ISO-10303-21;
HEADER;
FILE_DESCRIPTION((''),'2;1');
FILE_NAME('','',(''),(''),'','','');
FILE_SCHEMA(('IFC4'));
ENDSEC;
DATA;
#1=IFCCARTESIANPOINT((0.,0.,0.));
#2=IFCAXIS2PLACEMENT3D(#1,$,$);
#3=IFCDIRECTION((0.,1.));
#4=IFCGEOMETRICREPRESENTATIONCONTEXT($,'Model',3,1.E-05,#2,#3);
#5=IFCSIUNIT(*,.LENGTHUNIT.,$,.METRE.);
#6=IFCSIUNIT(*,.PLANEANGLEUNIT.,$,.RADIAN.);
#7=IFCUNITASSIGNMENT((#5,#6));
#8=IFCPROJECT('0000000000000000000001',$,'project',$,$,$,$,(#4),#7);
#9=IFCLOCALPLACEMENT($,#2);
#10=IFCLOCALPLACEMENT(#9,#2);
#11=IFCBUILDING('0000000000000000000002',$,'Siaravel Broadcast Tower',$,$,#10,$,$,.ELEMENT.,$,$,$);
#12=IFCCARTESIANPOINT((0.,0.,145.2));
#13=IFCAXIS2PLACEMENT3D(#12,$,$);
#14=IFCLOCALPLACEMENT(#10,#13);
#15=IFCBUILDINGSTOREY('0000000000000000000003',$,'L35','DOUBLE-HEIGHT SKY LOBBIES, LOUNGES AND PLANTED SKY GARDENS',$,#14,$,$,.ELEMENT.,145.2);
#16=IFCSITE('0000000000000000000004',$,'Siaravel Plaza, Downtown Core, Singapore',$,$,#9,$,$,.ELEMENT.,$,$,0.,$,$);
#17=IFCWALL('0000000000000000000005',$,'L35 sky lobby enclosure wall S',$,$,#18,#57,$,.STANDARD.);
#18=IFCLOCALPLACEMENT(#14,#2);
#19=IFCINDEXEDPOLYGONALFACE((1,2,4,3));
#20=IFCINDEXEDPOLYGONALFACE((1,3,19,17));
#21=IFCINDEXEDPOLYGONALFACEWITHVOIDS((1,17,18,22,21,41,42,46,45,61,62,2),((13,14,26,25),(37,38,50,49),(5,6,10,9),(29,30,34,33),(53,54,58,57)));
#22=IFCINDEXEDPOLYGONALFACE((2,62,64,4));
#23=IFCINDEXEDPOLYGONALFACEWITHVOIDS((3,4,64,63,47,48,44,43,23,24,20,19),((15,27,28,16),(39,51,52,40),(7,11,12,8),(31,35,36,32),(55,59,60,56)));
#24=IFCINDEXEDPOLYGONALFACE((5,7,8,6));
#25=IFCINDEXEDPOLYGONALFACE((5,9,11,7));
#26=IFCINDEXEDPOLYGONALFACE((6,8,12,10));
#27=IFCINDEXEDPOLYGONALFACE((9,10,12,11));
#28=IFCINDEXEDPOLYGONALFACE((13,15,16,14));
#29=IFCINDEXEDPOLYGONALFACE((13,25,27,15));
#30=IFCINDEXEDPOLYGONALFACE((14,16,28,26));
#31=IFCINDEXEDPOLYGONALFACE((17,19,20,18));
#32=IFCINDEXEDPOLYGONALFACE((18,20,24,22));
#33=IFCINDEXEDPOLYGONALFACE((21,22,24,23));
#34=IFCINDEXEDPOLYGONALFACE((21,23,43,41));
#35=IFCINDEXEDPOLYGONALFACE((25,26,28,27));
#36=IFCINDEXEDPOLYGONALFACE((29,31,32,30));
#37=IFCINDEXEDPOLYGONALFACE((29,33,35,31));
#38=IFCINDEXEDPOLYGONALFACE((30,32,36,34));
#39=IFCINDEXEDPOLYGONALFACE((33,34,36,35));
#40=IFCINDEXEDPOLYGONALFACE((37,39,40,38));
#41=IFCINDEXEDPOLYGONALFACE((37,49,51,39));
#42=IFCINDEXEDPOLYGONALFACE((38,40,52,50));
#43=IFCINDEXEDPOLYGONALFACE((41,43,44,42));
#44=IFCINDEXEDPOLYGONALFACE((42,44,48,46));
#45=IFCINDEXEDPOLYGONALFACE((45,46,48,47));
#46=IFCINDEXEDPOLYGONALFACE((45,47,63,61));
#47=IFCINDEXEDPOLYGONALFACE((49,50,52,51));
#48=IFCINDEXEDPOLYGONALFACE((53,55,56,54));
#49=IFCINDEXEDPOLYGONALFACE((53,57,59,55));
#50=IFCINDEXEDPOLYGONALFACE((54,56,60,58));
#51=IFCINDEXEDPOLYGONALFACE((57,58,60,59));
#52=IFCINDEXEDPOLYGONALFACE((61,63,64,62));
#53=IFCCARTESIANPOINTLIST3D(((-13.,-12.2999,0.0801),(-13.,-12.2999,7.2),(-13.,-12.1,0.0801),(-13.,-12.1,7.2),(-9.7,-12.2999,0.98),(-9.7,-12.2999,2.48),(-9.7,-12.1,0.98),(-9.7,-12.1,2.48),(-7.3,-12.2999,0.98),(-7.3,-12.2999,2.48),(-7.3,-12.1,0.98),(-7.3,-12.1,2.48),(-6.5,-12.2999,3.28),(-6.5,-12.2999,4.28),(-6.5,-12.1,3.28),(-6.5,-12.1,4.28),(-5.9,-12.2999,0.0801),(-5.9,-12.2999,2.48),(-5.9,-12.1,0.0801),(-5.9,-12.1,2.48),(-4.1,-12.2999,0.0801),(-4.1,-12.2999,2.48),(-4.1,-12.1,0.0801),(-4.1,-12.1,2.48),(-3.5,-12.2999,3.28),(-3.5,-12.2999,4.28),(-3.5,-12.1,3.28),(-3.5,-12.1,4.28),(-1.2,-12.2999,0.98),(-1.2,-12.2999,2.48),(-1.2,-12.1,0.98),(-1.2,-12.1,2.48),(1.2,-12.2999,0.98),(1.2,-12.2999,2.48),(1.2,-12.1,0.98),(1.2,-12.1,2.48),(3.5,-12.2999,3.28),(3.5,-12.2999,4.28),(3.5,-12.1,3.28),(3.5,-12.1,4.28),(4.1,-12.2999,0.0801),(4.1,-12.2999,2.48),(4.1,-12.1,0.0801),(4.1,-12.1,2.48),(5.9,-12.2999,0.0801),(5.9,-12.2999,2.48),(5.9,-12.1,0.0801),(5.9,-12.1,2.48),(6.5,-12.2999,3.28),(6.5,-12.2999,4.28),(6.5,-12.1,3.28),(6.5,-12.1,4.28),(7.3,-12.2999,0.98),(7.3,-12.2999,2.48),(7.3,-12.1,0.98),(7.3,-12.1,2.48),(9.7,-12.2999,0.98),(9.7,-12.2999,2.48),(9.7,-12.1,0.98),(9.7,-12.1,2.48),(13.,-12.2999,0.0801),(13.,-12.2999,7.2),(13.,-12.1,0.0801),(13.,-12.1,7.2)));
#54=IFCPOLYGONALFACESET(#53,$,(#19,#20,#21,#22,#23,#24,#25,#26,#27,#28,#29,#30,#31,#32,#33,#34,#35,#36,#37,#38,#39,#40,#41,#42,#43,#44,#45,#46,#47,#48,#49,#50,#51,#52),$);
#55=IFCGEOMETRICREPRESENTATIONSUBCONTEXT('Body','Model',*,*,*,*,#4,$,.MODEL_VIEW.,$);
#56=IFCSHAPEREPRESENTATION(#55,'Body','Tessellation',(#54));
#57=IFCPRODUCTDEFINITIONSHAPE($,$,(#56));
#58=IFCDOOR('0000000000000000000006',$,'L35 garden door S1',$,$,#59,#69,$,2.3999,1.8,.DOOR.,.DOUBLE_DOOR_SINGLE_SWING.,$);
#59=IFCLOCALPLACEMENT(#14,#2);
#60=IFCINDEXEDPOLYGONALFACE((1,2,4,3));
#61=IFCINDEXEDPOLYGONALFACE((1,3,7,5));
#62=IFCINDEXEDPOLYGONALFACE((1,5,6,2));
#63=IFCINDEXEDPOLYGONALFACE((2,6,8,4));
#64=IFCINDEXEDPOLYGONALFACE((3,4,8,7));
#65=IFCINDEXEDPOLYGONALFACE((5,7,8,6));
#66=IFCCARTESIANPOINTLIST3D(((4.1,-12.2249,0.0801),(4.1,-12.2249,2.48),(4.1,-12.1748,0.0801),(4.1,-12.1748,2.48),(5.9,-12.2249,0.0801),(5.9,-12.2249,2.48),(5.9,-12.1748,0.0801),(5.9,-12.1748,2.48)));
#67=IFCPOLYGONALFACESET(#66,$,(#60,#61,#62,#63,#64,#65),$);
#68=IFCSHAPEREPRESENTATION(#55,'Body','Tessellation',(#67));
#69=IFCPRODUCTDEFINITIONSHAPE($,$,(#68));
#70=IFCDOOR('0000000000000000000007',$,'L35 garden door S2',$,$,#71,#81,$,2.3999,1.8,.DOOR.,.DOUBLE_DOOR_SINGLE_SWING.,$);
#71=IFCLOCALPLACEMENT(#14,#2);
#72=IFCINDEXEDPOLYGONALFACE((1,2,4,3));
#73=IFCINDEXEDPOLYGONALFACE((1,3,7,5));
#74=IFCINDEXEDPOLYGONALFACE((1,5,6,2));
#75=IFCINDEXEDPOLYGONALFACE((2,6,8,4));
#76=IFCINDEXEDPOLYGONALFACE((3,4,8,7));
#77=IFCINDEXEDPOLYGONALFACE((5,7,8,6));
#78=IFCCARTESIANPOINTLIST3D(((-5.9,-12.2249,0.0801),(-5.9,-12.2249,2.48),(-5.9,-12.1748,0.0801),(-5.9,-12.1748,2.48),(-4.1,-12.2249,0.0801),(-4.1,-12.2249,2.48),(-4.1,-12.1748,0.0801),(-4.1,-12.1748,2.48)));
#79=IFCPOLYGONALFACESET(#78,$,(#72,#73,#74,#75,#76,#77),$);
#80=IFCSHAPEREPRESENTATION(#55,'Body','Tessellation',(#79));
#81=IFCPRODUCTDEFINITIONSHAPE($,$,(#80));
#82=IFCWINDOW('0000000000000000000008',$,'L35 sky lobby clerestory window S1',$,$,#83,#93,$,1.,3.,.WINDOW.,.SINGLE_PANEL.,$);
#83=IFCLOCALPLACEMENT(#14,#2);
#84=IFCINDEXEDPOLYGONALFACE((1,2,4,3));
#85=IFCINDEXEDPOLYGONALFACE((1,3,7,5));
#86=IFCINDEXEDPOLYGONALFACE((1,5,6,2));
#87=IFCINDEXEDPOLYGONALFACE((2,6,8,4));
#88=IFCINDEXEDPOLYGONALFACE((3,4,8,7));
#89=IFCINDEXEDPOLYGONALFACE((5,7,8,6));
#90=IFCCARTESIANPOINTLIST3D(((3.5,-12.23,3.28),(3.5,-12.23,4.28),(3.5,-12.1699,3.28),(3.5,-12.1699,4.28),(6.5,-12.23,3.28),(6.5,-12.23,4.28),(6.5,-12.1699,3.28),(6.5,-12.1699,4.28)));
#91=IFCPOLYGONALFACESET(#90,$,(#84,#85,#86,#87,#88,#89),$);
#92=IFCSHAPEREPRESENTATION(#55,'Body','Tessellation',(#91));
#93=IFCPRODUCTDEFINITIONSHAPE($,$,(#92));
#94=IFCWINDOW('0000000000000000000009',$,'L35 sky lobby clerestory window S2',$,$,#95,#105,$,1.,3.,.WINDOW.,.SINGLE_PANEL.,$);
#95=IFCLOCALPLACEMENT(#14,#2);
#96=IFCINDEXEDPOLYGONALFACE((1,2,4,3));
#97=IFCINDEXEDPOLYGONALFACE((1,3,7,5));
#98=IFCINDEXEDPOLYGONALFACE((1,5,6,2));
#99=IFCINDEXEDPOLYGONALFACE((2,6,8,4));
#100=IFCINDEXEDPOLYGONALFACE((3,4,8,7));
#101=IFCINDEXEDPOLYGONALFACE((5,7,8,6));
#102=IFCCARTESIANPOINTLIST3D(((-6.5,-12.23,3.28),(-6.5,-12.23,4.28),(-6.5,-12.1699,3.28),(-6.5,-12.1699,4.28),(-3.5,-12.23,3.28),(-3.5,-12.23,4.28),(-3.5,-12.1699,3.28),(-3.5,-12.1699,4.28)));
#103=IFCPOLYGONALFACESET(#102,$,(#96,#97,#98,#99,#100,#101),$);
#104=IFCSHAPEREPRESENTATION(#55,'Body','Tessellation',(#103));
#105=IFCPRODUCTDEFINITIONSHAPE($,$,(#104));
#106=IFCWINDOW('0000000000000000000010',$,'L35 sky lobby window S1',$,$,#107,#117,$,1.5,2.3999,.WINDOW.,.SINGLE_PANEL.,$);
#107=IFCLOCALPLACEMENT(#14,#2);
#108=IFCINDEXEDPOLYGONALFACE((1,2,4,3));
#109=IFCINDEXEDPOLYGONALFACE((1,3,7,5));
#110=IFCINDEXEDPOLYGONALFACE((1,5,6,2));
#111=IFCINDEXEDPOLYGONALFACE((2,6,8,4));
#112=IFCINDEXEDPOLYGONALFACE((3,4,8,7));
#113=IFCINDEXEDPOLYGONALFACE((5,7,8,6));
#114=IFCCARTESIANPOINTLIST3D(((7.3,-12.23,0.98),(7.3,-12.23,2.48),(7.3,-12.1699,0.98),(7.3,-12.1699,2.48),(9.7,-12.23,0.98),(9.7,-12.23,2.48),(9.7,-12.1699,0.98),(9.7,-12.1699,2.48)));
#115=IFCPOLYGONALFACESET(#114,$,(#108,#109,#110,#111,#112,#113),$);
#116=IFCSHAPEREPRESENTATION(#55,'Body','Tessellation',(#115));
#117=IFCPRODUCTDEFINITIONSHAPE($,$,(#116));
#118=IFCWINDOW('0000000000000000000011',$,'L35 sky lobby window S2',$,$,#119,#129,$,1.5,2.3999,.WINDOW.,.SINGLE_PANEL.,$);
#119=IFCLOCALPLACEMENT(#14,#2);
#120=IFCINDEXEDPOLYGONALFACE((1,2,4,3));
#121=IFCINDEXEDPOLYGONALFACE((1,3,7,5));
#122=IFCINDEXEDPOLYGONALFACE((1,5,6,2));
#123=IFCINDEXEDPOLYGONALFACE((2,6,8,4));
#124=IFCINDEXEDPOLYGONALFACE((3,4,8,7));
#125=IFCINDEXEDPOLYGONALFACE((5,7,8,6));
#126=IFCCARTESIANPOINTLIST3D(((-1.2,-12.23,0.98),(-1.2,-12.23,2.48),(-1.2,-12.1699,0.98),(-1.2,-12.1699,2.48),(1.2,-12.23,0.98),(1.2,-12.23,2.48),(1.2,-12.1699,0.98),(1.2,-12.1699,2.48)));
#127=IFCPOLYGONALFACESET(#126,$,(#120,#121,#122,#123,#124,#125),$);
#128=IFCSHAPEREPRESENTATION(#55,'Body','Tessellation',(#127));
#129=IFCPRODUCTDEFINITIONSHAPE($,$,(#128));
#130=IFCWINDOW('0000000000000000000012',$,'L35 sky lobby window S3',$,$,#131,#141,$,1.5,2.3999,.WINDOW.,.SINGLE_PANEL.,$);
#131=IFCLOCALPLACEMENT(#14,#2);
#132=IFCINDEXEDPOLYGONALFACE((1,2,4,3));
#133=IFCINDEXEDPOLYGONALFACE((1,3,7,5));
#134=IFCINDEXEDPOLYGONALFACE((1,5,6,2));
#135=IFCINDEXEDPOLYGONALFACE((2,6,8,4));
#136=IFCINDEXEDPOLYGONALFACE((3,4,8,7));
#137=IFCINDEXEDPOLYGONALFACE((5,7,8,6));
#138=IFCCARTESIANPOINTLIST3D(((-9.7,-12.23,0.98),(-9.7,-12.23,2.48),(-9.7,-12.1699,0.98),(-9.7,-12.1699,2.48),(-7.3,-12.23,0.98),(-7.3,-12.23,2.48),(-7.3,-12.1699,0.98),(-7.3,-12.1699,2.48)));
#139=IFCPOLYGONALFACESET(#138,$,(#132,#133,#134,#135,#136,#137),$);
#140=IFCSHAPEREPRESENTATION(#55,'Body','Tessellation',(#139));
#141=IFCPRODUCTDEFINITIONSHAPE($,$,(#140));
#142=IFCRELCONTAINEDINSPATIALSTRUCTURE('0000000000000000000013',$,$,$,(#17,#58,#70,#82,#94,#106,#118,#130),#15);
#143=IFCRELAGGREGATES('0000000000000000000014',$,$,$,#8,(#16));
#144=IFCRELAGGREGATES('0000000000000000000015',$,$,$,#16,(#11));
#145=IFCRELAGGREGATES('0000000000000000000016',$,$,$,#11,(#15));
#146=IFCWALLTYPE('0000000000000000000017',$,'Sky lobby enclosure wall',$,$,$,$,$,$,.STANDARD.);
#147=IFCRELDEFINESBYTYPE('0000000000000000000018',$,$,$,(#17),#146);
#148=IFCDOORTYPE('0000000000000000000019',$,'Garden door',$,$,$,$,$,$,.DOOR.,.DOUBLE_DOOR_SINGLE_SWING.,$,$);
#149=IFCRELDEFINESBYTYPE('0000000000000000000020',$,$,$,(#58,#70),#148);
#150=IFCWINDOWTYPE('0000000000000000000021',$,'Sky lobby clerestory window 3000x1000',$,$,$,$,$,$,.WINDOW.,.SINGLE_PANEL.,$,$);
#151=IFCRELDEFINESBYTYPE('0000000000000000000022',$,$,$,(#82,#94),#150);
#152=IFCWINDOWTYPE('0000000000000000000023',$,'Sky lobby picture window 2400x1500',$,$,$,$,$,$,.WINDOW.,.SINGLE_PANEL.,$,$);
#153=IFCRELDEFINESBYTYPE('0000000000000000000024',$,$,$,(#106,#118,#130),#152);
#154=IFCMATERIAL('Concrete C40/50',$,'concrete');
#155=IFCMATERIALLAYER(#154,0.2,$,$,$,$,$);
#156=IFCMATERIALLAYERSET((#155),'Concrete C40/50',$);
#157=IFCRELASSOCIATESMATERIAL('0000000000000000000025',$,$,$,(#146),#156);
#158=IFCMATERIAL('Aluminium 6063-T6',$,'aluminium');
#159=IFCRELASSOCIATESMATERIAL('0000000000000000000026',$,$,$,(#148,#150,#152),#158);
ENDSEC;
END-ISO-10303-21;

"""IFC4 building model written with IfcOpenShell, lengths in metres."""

from ifc_helpers import new_model, si_unit, direction, frame, frame_2d, origin, place, context, subcontext, project, spatial, rectangle, extrude, material, layer, layer_set, type_object, element, fill, save


model = new_model("IFC4")

# Units and contexts
model_context = context("Model", 3, precision=1e-05, world=origin(), true_north=direction((0.0, 1.0)))
body_context = subcontext(model_context, "Body", "Model", "MODEL_VIEW")
ifc_project = project(units=[si_unit("LENGTHUNIT", "METRE"), si_unit("PLANEANGLEUNIT", "RADIAN")], contexts=[model_context])

# Site, building, storey
site_placement = place(None, origin())
site = spatial("IfcSite", under=ifc_project, at=site_placement, Name="Siaravel Plaza, Downtown Core, Singapore", CompositionType="ELEMENT", RefElevation=0.0)
building_placement = place(site_placement, origin())
building = spatial("IfcBuilding", under=site, at=building_placement, Name="Siaravel Broadcast Tower", CompositionType="ELEMENT")
storey_placement = place(building_placement, frame((0.0, 0.0, 145.2)))
storey = spatial("IfcBuildingStorey", under=building, at=storey_placement, Name="L35", Description="DOUBLE-HEIGHT SKY LOBBIES, LOUNGES AND PLANTED SKY GARDENS", CompositionType="ELEMENT", Elevation=145.2)

# Wall, openings, doors, windows
ifc_material_1 = material(Name="Concrete C40/50", Category="concrete")
ifc_layer_1 = layer(ifc_material_1, 0.2)
ifc_layer_set_1 = layer_set([ifc_layer_1], Name="Concrete C40/50")
wall_type_1 = type_object("IfcWallType", Name="Sky lobby enclosure wall", PredefinedType="STANDARD", material=ifc_layer_set_1)
wall_1_placement = place(storey_placement, frame((13.0, -12.2, 0.0801), z_axis=(0.0, 0.0, 1.0), x_axis=(-1.0, 0.0, 0.0)))
wall_1 = element("IfcWall", 1, at=wall_1_placement, inside=storey, type_object=wall_type_1, Name="L35 sky lobby enclosure wall S", PredefinedType="STANDARD", context=body_context, shape_type="SweptSolid", body=[
    extrude(rectangle(XDim=26.0, YDim=0.2, at=frame_2d((13.0, 0.0))), origin(), (0.0, 0.0, 1.0), 7.1199),
])
opening_1_placement = place(wall_1_placement, frame((7.1001, 0.0, 0.0)))
opening_1 = element("IfcOpeningElement", 2, at=opening_1_placement, cuts=wall_1, PredefinedType="OPENING", context=body_context, shape_type="SweptSolid", body=[
    extrude(rectangle(XDim=1.8, YDim=2.3999, at=frame_2d((0.8999, 1.2))), frame((0.0, 0.1099, 0.0), z_axis=(0.0, -1.0, 0.0), x_axis=(1.0, 0.0, 0.0)), (0.0, 0.0, 1.0), 0.22),
])
opening_2_placement = place(wall_1_placement, frame((17.1001, 0.0, 0.0)))
opening_2 = element("IfcOpeningElement", 3, at=opening_2_placement, cuts=wall_1, PredefinedType="OPENING", context=body_context, shape_type="SweptSolid", body=[
    extrude(rectangle(XDim=1.8, YDim=2.3999, at=frame_2d((0.8999, 1.2))), frame((0.0, 0.1099, 0.0), z_axis=(0.0, -1.0, 0.0), x_axis=(1.0, 0.0, 0.0)), (0.0, 0.0, 1.0), 0.22),
])
opening_3_placement = place(wall_1_placement, frame((3.3, 0.0, 0.8999)))
opening_3 = element("IfcOpeningElement", 4, at=opening_3_placement, cuts=wall_1, PredefinedType="OPENING", context=body_context, shape_type="SweptSolid", body=[
    extrude(rectangle(XDim=2.3999, YDim=1.5, at=frame_2d((1.2, 0.75))), frame((0.0, 0.1099, 0.0), z_axis=(0.0, -1.0, 0.0), x_axis=(1.0, 0.0, 0.0)), (0.0, 0.0, 1.0), 0.22),
])
opening_4_placement = place(wall_1_placement, frame((11.8, 0.0, 0.8999)))
opening_4 = element("IfcOpeningElement", 5, at=opening_4_placement, cuts=wall_1, PredefinedType="OPENING", context=body_context, shape_type="SweptSolid", body=[
    extrude(rectangle(XDim=2.3999, YDim=1.5, at=frame_2d((1.2, 0.75))), frame((0.0, 0.1099, 0.0), z_axis=(0.0, -1.0, 0.0), x_axis=(1.0, 0.0, 0.0)), (0.0, 0.0, 1.0), 0.22),
])
opening_5_placement = place(wall_1_placement, frame((20.3, 0.0, 0.8999)))
opening_5 = element("IfcOpeningElement", 6, at=opening_5_placement, cuts=wall_1, PredefinedType="OPENING", context=body_context, shape_type="SweptSolid", body=[
    extrude(rectangle(XDim=2.3999, YDim=1.5, at=frame_2d((1.2, 0.75))), frame((0.0, 0.1099, 0.0), z_axis=(0.0, -1.0, 0.0), x_axis=(1.0, 0.0, 0.0)), (0.0, 0.0, 1.0), 0.22),
])
opening_6_placement = place(wall_1_placement, frame((6.5, 0.0, 3.2)))
opening_6 = element("IfcOpeningElement", 7, at=opening_6_placement, cuts=wall_1, PredefinedType="OPENING", context=body_context, shape_type="SweptSolid", body=[
    extrude(rectangle(XDim=3.0, YDim=1.0, at=frame_2d((1.5, 0.5))), frame((0.0, 0.1099, 0.0), z_axis=(0.0, -1.0, 0.0), x_axis=(1.0, 0.0, 0.0)), (0.0, 0.0, 1.0), 0.22),
])
opening_7_placement = place(wall_1_placement, frame((16.5, 0.0, 3.2)))
opening_7 = element("IfcOpeningElement", 8, at=opening_7_placement, cuts=wall_1, PredefinedType="OPENING", context=body_context, shape_type="SweptSolid", body=[
    extrude(rectangle(XDim=3.0, YDim=1.0, at=frame_2d((1.5, 0.5))), frame((0.0, 0.1099, 0.0), z_axis=(0.0, -1.0, 0.0), x_axis=(1.0, 0.0, 0.0)), (0.0, 0.0, 1.0), 0.22),
])
ifc_material_2 = material(Name="Aluminium 6063-T6", Category="aluminium")
door_type = type_object("IfcDoorType", Name="Garden door", OperationType="DOUBLE_DOOR_SINGLE_SWING", PredefinedType="DOOR", material=ifc_material_2)
door_1_placement = place(opening_1_placement, origin())
door_1 = element("IfcDoor", 9, at=door_1_placement, inside=storey, type_object=door_type, Name="L35 garden door S1", OperationType="DOUBLE_DOOR_SINGLE_SWING", OverallHeight=2.3999, OverallWidth=1.8, PredefinedType="DOOR", context=body_context, shape_type="SweptSolid", body=[
    extrude(rectangle(XDim=1.8, YDim=2.3999, at=frame_2d((0.8999, 1.2))), frame((0.0, 0.0249, 0.0), z_axis=(0.0, -1.0, 0.0), x_axis=(1.0, 0.0, 0.0)), (0.0, 0.0, 1.0), 0.05),
])
fill(opening_1, door_1)
door_2_placement = place(opening_2_placement, origin())
door_2 = element("IfcDoor", 10, at=door_2_placement, inside=storey, type_object=door_type, Name="L35 garden door S2", OperationType="DOUBLE_DOOR_SINGLE_SWING", OverallHeight=2.3999, OverallWidth=1.8, PredefinedType="DOOR", context=body_context, shape_type="SweptSolid", body=[
    extrude(rectangle(XDim=1.8, YDim=2.3999, at=frame_2d((0.8999, 1.2))), frame((0.0, 0.0249, 0.0), z_axis=(0.0, -1.0, 0.0), x_axis=(1.0, 0.0, 0.0)), (0.0, 0.0, 1.0), 0.05),
])
fill(opening_2, door_2)
window_type_1 = type_object("IfcWindowType", Name="Sky lobby clerestory window 3000x1000", PartitioningType="SINGLE_PANEL", PredefinedType="WINDOW", material=ifc_material_2)
window_1_placement = place(opening_6_placement, origin())
window_1 = element("IfcWindow", 11, at=window_1_placement, inside=storey, type_object=window_type_1, Name="L35 sky lobby clerestory window S1", OverallHeight=1.0, OverallWidth=3.0, PartitioningType="SINGLE_PANEL", PredefinedType="WINDOW", context=body_context, shape_type="SweptSolid", body=[
    extrude(rectangle(XDim=3.0, YDim=1.0, at=frame_2d((1.5, 0.5))), frame((0.0, 0.03, 0.0), z_axis=(0.0, -1.0, 0.0), x_axis=(1.0, 0.0, 0.0)), (0.0, 0.0, 1.0), 0.0601),
])
fill(opening_6, window_1)
window_2_placement = place(opening_7_placement, origin())
window_2 = element("IfcWindow", 12, at=window_2_placement, inside=storey, type_object=window_type_1, Name="L35 sky lobby clerestory window S2", OverallHeight=1.0, OverallWidth=3.0, PartitioningType="SINGLE_PANEL", PredefinedType="WINDOW", context=body_context, shape_type="SweptSolid", body=[
    extrude(rectangle(XDim=3.0, YDim=1.0, at=frame_2d((1.5, 0.5))), frame((0.0, 0.03, 0.0), z_axis=(0.0, -1.0, 0.0), x_axis=(1.0, 0.0, 0.0)), (0.0, 0.0, 1.0), 0.0601),
])
fill(opening_7, window_2)
window_type_2 = type_object("IfcWindowType", Name="Sky lobby picture window 2400x1500", PartitioningType="SINGLE_PANEL", PredefinedType="WINDOW", material=ifc_material_2)
window_3_placement = place(opening_3_placement, origin())
window_3 = element("IfcWindow", 13, at=window_3_placement, inside=storey, type_object=window_type_2, Name="L35 sky lobby window S1", OverallHeight=1.5, OverallWidth=2.3999, PartitioningType="SINGLE_PANEL", PredefinedType="WINDOW", context=body_context, shape_type="SweptSolid", body=[
    extrude(rectangle(XDim=2.3999, YDim=1.5, at=frame_2d((1.2, 0.75))), frame((0.0, 0.03, 0.0), z_axis=(0.0, -1.0, 0.0), x_axis=(1.0, 0.0, 0.0)), (0.0, 0.0, 1.0), 0.0601),
])
fill(opening_3, window_3)
window_4_placement = place(opening_4_placement, origin())
window_4 = element("IfcWindow", 14, at=window_4_placement, inside=storey, type_object=window_type_2, Name="L35 sky lobby window S2", OverallHeight=1.5, OverallWidth=2.3999, PartitioningType="SINGLE_PANEL", PredefinedType="WINDOW", context=body_context, shape_type="SweptSolid", body=[
    extrude(rectangle(XDim=2.3999, YDim=1.5, at=frame_2d((1.2, 0.75))), frame((0.0, 0.03, 0.0), z_axis=(0.0, -1.0, 0.0), x_axis=(1.0, 0.0, 0.0)), (0.0, 0.0, 1.0), 0.0601),
])
fill(opening_4, window_4)
window_5_placement = place(opening_5_placement, origin())
window_5 = element("IfcWindow", 15, at=window_5_placement, inside=storey, type_object=window_type_2, Name="L35 sky lobby window S3", OverallHeight=1.5, OverallWidth=2.3999, PartitioningType="SINGLE_PANEL", PredefinedType="WINDOW", context=body_context, shape_type="SweptSolid", body=[
    extrude(rectangle(XDim=2.3999, YDim=1.5, at=frame_2d((1.2, 0.75))), frame((0.0, 0.03, 0.0), z_axis=(0.0, -1.0, 0.0), x_axis=(1.0, 0.0, 0.0)), (0.0, 0.0, 1.0), 0.0601),
])
fill(opening_5, window_5)

save(model, "model.ifc")
